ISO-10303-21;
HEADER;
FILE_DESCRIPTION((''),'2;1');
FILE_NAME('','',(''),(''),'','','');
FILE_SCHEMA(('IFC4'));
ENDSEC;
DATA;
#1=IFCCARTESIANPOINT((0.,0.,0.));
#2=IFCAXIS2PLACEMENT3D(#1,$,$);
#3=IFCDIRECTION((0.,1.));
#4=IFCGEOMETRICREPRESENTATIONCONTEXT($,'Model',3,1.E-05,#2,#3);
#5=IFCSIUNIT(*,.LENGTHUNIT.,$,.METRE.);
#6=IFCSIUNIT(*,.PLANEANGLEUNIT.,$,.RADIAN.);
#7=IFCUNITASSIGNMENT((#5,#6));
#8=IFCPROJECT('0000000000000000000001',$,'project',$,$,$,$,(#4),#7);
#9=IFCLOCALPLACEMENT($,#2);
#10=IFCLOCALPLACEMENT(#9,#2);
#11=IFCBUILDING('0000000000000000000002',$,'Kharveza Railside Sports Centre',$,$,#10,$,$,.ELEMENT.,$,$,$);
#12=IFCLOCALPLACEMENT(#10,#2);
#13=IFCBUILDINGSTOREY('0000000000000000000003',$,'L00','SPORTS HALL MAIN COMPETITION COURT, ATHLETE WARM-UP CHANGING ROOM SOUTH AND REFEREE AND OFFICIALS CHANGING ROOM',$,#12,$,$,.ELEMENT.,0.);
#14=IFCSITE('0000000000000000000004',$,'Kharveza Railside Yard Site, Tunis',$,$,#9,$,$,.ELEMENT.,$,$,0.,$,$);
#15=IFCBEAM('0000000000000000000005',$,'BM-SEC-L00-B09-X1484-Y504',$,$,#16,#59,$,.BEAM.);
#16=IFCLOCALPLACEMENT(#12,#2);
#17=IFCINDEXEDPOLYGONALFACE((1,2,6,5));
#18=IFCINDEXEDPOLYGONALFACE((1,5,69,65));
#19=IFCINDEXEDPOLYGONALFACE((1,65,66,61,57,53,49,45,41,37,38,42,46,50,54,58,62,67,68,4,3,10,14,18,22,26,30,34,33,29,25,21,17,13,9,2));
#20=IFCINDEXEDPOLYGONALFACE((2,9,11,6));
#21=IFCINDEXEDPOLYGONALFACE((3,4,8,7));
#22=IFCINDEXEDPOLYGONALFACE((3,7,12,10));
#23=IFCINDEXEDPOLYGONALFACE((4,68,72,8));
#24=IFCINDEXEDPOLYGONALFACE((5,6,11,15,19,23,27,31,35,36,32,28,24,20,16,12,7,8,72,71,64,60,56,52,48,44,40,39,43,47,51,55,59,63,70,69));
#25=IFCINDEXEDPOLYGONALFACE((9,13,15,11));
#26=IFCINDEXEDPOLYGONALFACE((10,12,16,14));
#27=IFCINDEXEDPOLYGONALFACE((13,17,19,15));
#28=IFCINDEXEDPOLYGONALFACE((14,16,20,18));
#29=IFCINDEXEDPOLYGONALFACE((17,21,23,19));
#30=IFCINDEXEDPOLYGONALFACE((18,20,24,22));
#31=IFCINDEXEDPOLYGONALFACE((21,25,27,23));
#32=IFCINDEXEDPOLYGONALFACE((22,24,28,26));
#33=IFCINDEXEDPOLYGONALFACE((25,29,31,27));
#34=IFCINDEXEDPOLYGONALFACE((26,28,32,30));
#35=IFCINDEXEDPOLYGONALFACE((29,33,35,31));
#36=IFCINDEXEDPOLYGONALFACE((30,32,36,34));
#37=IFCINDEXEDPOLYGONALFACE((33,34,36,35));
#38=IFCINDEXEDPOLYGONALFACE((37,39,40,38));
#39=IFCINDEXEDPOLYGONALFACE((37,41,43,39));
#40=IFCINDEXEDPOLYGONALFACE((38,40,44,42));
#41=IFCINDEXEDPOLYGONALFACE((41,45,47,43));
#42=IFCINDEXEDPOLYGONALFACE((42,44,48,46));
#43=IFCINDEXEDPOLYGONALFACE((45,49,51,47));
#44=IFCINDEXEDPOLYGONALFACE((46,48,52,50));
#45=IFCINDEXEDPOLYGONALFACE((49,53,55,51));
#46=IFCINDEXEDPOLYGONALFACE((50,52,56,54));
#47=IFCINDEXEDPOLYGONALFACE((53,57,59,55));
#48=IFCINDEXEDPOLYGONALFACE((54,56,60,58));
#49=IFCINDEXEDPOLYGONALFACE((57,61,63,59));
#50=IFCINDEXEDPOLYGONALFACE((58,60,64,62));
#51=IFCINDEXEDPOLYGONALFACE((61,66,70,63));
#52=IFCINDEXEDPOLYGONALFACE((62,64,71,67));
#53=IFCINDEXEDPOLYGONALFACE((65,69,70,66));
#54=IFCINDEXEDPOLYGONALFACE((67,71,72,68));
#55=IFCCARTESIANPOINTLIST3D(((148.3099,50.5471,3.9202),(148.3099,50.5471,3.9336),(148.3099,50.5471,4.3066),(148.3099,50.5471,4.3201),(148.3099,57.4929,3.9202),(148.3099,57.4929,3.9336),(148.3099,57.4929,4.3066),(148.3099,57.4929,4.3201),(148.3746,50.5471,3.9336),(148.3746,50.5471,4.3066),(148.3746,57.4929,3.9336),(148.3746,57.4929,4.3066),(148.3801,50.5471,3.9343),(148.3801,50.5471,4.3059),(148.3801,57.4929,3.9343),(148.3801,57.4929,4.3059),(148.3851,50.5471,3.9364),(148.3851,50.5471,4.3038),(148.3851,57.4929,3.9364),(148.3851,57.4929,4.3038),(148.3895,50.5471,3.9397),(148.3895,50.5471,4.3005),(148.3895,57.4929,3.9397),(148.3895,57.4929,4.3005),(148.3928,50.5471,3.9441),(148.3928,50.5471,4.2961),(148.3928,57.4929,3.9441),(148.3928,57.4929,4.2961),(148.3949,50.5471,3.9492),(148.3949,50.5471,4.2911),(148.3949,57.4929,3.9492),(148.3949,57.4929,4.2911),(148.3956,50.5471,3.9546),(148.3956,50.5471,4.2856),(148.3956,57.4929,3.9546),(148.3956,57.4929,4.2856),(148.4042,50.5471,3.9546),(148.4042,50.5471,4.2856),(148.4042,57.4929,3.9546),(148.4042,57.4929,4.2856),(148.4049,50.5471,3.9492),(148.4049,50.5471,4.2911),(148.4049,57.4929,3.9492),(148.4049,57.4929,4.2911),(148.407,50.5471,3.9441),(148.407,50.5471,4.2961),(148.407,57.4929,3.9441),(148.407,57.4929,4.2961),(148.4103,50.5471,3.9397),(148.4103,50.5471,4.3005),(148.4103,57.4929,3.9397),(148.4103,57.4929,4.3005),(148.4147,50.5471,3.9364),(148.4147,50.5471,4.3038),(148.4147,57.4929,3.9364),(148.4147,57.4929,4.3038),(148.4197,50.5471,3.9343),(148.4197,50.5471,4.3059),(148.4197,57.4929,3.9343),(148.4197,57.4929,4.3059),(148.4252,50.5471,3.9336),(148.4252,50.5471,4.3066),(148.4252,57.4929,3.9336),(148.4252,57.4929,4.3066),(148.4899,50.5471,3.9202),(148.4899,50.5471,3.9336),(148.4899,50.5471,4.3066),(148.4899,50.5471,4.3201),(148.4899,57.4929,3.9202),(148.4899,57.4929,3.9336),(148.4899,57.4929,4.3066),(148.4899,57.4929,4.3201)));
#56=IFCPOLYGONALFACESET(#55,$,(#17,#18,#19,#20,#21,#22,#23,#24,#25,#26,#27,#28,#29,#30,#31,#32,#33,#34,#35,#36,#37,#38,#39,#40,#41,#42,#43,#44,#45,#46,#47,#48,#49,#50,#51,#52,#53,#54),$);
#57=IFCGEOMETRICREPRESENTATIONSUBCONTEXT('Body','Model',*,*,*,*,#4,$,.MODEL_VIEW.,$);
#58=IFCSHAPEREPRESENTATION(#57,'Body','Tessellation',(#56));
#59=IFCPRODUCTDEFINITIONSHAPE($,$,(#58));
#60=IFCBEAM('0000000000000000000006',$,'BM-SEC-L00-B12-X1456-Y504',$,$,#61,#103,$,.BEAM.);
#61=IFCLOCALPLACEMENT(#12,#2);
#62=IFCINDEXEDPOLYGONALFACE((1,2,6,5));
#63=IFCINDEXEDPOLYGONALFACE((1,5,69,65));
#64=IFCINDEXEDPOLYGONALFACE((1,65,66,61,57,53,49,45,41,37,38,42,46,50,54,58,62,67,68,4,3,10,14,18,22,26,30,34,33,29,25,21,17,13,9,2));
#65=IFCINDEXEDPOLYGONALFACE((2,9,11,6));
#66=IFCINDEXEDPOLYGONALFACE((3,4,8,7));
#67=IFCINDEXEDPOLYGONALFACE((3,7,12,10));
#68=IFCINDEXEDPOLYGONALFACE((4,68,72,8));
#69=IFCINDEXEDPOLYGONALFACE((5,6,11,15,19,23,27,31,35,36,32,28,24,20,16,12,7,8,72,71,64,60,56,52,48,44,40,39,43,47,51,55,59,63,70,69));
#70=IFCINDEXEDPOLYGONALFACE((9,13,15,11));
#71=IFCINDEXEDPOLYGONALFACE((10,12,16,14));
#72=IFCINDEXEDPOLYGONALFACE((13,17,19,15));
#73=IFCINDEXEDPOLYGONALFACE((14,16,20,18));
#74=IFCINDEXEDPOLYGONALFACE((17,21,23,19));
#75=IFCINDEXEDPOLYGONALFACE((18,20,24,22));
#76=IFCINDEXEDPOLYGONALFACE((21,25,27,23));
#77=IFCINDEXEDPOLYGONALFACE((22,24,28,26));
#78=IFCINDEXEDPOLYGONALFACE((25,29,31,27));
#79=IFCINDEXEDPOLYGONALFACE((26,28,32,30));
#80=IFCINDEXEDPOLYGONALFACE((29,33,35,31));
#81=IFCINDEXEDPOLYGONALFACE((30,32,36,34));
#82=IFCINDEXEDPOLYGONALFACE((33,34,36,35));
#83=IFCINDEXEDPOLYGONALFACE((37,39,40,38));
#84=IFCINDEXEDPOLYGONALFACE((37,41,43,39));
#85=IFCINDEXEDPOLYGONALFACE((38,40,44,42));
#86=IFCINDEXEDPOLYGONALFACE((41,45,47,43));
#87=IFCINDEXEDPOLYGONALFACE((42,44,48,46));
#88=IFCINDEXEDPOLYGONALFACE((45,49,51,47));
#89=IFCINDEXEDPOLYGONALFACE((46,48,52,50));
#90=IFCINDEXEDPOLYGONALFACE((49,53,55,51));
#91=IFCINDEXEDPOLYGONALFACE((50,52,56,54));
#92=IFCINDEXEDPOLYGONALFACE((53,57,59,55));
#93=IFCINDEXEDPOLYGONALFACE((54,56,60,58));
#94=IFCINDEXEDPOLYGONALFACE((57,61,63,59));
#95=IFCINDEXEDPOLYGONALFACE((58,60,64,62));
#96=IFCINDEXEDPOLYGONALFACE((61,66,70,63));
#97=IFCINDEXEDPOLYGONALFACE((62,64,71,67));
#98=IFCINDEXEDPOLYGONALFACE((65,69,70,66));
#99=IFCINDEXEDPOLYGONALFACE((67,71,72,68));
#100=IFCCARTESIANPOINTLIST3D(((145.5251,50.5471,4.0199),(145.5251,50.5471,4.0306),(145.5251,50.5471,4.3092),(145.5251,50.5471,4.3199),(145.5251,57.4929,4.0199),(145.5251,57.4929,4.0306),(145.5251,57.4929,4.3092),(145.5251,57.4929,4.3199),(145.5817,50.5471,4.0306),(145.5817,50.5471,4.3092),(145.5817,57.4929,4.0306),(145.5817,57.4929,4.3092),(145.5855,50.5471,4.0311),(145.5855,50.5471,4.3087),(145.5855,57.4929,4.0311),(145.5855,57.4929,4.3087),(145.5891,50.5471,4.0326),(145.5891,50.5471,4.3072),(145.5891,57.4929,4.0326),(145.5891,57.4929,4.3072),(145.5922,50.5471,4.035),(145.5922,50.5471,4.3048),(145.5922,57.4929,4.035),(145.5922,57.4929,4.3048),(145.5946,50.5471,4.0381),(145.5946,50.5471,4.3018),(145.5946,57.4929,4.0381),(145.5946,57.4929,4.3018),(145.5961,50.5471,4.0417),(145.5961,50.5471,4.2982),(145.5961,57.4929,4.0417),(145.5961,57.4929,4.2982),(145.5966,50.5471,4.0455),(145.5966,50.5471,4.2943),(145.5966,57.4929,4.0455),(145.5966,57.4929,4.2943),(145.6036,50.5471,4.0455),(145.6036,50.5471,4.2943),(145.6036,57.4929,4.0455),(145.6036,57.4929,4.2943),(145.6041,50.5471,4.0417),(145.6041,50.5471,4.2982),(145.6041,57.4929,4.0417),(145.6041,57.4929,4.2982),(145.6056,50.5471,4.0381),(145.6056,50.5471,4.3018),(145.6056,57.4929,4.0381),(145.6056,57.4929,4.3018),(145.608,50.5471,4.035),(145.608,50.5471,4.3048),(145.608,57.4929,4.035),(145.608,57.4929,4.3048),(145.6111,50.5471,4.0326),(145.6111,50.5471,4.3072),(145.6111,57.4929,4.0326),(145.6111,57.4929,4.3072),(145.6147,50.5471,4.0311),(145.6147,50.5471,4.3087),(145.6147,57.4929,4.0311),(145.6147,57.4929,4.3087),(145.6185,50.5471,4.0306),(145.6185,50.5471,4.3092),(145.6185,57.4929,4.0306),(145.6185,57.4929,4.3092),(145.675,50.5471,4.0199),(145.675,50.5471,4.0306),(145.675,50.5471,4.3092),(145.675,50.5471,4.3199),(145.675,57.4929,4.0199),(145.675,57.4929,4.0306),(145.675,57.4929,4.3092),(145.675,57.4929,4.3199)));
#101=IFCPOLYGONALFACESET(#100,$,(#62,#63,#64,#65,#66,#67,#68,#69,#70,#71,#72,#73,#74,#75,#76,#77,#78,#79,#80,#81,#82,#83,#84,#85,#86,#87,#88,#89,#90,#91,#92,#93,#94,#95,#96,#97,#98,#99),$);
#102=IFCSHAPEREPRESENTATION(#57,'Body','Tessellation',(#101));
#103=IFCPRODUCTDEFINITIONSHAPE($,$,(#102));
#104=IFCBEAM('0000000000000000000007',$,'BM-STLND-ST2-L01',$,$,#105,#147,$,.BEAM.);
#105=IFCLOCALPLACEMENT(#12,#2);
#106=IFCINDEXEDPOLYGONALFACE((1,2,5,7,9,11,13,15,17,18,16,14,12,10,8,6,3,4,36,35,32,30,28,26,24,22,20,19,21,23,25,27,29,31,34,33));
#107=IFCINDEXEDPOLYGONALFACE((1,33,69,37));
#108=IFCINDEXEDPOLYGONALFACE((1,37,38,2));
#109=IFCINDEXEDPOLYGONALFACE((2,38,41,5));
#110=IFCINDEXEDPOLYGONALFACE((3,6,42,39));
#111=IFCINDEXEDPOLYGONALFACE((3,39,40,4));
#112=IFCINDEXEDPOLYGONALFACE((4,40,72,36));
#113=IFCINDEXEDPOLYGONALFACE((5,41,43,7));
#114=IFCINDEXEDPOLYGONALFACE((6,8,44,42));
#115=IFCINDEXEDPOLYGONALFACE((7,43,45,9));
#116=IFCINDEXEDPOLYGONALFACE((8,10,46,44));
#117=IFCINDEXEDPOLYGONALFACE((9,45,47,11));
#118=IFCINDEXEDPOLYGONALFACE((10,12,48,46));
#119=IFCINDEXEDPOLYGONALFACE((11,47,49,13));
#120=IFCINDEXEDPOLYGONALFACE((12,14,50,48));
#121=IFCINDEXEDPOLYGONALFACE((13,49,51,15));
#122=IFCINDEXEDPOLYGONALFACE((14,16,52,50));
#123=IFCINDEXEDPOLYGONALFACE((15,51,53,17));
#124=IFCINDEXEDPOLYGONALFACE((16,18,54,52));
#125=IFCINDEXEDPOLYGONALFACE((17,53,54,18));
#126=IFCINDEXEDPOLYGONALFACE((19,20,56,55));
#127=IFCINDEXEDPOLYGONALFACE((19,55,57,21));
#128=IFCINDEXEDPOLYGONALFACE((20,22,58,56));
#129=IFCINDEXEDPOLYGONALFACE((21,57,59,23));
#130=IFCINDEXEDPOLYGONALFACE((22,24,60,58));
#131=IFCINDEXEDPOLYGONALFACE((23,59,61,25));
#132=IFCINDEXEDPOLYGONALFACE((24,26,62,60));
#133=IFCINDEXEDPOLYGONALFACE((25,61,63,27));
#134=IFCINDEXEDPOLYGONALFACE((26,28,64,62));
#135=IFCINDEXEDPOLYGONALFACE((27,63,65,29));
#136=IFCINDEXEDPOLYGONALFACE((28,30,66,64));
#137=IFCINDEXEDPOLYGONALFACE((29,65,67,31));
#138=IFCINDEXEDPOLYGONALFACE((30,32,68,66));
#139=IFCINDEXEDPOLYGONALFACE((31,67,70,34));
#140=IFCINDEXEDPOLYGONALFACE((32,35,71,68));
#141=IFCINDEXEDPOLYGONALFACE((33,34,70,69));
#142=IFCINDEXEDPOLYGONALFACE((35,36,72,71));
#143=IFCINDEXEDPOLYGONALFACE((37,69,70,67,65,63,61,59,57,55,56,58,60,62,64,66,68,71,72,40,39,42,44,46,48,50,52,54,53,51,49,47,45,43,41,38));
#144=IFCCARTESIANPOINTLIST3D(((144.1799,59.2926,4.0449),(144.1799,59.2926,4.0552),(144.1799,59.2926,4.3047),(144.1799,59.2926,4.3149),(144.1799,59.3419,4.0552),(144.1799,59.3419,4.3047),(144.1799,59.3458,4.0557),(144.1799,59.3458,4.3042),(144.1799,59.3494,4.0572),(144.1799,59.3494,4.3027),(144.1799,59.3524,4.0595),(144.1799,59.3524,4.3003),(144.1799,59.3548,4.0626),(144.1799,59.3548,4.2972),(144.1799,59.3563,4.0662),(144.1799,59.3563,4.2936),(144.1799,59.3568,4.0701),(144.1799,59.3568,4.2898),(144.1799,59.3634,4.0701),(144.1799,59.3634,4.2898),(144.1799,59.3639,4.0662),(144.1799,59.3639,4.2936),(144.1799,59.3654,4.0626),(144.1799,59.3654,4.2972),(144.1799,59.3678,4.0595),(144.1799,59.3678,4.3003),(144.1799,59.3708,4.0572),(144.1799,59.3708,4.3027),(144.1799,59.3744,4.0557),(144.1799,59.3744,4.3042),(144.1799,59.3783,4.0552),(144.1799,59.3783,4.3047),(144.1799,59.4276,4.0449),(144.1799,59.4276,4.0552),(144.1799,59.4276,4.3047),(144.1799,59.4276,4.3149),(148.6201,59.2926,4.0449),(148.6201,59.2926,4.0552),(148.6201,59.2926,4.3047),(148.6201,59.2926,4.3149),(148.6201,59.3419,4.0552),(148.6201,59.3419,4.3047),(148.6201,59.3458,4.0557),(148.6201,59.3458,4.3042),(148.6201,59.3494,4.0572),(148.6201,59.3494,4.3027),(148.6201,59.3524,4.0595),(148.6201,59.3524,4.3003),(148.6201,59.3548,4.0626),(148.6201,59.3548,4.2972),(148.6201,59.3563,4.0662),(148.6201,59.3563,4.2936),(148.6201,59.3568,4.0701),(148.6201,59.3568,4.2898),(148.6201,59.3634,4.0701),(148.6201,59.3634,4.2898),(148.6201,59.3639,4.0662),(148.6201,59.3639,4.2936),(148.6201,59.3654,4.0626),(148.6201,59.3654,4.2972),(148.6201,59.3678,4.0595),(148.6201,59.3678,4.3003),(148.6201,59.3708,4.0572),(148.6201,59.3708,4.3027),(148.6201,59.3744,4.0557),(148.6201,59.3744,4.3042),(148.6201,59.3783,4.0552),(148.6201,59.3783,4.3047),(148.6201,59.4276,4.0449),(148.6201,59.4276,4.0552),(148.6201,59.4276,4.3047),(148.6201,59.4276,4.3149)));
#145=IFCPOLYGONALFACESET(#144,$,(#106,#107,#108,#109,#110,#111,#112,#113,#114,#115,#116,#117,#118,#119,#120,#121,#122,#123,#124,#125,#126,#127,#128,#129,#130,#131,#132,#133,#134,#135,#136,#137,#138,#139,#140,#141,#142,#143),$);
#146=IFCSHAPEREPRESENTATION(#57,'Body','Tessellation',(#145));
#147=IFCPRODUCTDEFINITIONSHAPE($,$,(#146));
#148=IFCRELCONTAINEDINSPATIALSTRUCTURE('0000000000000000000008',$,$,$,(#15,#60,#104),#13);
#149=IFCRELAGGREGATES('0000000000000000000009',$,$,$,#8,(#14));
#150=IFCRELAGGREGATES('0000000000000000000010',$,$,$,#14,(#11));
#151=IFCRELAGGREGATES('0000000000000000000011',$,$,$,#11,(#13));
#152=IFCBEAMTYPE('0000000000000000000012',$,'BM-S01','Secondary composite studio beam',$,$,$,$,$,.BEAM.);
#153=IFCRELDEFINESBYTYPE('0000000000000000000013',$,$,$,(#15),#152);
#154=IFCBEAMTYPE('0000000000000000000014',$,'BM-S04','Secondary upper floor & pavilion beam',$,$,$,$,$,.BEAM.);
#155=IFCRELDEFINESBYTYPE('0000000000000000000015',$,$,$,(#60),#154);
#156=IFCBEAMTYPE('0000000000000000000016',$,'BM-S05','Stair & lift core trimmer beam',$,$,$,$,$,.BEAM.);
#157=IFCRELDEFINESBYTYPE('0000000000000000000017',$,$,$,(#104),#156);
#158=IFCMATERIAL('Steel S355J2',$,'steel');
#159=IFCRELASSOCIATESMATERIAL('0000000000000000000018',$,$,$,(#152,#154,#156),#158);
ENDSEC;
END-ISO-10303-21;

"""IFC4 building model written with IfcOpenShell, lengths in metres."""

from ifc_helpers import new_model, si_unit, direction, frame, origin, origin_2d, place, context, subcontext, project, spatial, i_section, extrude, material, material_profile, profile_set, type_object, element, save


model = new_model("IFC4")

# Units and contexts
model_context = context("Model", 3, precision=1e-05, world=origin(), true_north=direction((0.0, 1.0)))
body_context = subcontext(model_context, "Body", "Model", "MODEL_VIEW")
ifc_project = project(units=[si_unit("LENGTHUNIT", "METRE"), si_unit("PLANEANGLEUNIT", "RADIAN")], contexts=[model_context])

# Site, building, storey
site_placement = place(None, origin())
site = spatial("IfcSite", under=ifc_project, at=site_placement, Name="Kharveza Railside Yard Site, Tunis", CompositionType="ELEMENT", RefElevation=0.0)
building_placement = place(site_placement, origin())
building = spatial("IfcBuilding", under=site, at=building_placement, Name="Kharveza Railside Sports Centre", CompositionType="ELEMENT")
storey_placement = place(building_placement, origin())
storey = spatial("IfcBuildingStorey", under=building, at=storey_placement, Name="L00", Description="SPORTS HALL MAIN COMPETITION COURT, ATHLETE WARM-UP CHANGING ROOM SOUTH AND REFEREE AND OFFICIALS CHANGING ROOM", CompositionType="ELEMENT", Elevation=0.0)

# Shared definitions
ifc_material_1 = material(Name="Steel S355J2", Category="steel")

# Beams
ifc_material_profile_1 = material_profile(ifc_material_1, i_section(OverallWidth=0.1799, OverallDepth=0.3999, WebThickness=0.0085, FlangeThickness=0.0134, FilletRadius=0.021, at=origin_2d()), Name="IPE 400")
ifc_profile_set_1 = profile_set([ifc_material_profile_1], Name="Steel S355J2")
beam_type_1 = type_object("IfcBeamType", Name="BM-S01", Description="Secondary composite studio beam", PredefinedType="BEAM", material=ifc_profile_set_1)
beam_1_placement = place(storey_placement, frame((148.3999, 50.5471, 4.1201), z_axis=(0.0, 1.0, 0.0), x_axis=(-1.0, 0.0, 0.0)))
element("IfcBeam", 1, at=beam_1_placement, inside=storey, type_object=beam_type_1, Name="BM-SEC-L00-B09-X1484-Y504", PredefinedType="BEAM", context=body_context, shape_type="SweptSolid", body=[
    extrude(i_section(OverallWidth=0.1799, OverallDepth=0.3999, WebThickness=0.0085, FlangeThickness=0.0134, FilletRadius=0.021, at=origin_2d()), origin(), (0.0, 0.0, 1.0), 6.9458),
])
ifc_material_profile_2 = material_profile(ifc_material_1, i_section(OverallWidth=0.1499, OverallDepth=0.3, WebThickness=0.0071, FlangeThickness=0.0107, FilletRadius=0.0149, at=origin_2d()), Name="IPE 300")
ifc_profile_set_2 = profile_set([ifc_material_profile_2], Name="Steel S355J2")
beam_type_2 = type_object("IfcBeamType", Name="BM-S04", Description="Secondary upper floor & pavilion beam", PredefinedType="BEAM", material=ifc_profile_set_2)
beam_2_placement = place(storey_placement, frame((145.6001, 50.5471, 4.1699), z_axis=(0.0, 1.0, 0.0), x_axis=(-1.0, 0.0, 0.0)))
element("IfcBeam", 2, at=beam_2_placement, inside=storey, type_object=beam_type_2, Name="BM-SEC-L00-B12-X1456-Y504", PredefinedType="BEAM", context=body_context, shape_type="SweptSolid", body=[
    extrude(i_section(OverallWidth=0.1499, OverallDepth=0.3, WebThickness=0.0071, FlangeThickness=0.0107, FilletRadius=0.0149, at=origin_2d()), origin(), (0.0, 0.0, 1.0), 6.9458),
])
ifc_material_profile_3 = material_profile(ifc_material_1, i_section(OverallWidth=0.135, OverallDepth=0.27, WebThickness=0.0066, FlangeThickness=0.0103, FilletRadius=0.0149, at=origin_2d()), Name="IPE 270")
ifc_profile_set_3 = profile_set([ifc_material_profile_3], Name="Steel S355J2")
beam_type_3 = type_object("IfcBeamType", Name="BM-S05", Description="Stair & lift core trimmer beam", PredefinedType="BEAM", material=ifc_profile_set_3)
beam_3_placement = place(storey_placement, frame((144.1799, 59.3601, 4.1799), z_axis=(1.0, 0.0, 0.0), x_axis=(0.0, 1.0, 0.0)))
element("IfcBeam", 3, at=beam_3_placement, inside=storey, type_object=beam_type_3, Name="BM-STLND-ST2-L01", PredefinedType="BEAM", context=body_context, shape_type="SweptSolid", body=[
    extrude(i_section(OverallWidth=0.135, OverallDepth=0.27, WebThickness=0.0066, FlangeThickness=0.0103, FilletRadius=0.0149, at=origin_2d()), origin(), (0.0, 0.0, 1.0), 4.4402),
])

save(model, "model.ifc")
